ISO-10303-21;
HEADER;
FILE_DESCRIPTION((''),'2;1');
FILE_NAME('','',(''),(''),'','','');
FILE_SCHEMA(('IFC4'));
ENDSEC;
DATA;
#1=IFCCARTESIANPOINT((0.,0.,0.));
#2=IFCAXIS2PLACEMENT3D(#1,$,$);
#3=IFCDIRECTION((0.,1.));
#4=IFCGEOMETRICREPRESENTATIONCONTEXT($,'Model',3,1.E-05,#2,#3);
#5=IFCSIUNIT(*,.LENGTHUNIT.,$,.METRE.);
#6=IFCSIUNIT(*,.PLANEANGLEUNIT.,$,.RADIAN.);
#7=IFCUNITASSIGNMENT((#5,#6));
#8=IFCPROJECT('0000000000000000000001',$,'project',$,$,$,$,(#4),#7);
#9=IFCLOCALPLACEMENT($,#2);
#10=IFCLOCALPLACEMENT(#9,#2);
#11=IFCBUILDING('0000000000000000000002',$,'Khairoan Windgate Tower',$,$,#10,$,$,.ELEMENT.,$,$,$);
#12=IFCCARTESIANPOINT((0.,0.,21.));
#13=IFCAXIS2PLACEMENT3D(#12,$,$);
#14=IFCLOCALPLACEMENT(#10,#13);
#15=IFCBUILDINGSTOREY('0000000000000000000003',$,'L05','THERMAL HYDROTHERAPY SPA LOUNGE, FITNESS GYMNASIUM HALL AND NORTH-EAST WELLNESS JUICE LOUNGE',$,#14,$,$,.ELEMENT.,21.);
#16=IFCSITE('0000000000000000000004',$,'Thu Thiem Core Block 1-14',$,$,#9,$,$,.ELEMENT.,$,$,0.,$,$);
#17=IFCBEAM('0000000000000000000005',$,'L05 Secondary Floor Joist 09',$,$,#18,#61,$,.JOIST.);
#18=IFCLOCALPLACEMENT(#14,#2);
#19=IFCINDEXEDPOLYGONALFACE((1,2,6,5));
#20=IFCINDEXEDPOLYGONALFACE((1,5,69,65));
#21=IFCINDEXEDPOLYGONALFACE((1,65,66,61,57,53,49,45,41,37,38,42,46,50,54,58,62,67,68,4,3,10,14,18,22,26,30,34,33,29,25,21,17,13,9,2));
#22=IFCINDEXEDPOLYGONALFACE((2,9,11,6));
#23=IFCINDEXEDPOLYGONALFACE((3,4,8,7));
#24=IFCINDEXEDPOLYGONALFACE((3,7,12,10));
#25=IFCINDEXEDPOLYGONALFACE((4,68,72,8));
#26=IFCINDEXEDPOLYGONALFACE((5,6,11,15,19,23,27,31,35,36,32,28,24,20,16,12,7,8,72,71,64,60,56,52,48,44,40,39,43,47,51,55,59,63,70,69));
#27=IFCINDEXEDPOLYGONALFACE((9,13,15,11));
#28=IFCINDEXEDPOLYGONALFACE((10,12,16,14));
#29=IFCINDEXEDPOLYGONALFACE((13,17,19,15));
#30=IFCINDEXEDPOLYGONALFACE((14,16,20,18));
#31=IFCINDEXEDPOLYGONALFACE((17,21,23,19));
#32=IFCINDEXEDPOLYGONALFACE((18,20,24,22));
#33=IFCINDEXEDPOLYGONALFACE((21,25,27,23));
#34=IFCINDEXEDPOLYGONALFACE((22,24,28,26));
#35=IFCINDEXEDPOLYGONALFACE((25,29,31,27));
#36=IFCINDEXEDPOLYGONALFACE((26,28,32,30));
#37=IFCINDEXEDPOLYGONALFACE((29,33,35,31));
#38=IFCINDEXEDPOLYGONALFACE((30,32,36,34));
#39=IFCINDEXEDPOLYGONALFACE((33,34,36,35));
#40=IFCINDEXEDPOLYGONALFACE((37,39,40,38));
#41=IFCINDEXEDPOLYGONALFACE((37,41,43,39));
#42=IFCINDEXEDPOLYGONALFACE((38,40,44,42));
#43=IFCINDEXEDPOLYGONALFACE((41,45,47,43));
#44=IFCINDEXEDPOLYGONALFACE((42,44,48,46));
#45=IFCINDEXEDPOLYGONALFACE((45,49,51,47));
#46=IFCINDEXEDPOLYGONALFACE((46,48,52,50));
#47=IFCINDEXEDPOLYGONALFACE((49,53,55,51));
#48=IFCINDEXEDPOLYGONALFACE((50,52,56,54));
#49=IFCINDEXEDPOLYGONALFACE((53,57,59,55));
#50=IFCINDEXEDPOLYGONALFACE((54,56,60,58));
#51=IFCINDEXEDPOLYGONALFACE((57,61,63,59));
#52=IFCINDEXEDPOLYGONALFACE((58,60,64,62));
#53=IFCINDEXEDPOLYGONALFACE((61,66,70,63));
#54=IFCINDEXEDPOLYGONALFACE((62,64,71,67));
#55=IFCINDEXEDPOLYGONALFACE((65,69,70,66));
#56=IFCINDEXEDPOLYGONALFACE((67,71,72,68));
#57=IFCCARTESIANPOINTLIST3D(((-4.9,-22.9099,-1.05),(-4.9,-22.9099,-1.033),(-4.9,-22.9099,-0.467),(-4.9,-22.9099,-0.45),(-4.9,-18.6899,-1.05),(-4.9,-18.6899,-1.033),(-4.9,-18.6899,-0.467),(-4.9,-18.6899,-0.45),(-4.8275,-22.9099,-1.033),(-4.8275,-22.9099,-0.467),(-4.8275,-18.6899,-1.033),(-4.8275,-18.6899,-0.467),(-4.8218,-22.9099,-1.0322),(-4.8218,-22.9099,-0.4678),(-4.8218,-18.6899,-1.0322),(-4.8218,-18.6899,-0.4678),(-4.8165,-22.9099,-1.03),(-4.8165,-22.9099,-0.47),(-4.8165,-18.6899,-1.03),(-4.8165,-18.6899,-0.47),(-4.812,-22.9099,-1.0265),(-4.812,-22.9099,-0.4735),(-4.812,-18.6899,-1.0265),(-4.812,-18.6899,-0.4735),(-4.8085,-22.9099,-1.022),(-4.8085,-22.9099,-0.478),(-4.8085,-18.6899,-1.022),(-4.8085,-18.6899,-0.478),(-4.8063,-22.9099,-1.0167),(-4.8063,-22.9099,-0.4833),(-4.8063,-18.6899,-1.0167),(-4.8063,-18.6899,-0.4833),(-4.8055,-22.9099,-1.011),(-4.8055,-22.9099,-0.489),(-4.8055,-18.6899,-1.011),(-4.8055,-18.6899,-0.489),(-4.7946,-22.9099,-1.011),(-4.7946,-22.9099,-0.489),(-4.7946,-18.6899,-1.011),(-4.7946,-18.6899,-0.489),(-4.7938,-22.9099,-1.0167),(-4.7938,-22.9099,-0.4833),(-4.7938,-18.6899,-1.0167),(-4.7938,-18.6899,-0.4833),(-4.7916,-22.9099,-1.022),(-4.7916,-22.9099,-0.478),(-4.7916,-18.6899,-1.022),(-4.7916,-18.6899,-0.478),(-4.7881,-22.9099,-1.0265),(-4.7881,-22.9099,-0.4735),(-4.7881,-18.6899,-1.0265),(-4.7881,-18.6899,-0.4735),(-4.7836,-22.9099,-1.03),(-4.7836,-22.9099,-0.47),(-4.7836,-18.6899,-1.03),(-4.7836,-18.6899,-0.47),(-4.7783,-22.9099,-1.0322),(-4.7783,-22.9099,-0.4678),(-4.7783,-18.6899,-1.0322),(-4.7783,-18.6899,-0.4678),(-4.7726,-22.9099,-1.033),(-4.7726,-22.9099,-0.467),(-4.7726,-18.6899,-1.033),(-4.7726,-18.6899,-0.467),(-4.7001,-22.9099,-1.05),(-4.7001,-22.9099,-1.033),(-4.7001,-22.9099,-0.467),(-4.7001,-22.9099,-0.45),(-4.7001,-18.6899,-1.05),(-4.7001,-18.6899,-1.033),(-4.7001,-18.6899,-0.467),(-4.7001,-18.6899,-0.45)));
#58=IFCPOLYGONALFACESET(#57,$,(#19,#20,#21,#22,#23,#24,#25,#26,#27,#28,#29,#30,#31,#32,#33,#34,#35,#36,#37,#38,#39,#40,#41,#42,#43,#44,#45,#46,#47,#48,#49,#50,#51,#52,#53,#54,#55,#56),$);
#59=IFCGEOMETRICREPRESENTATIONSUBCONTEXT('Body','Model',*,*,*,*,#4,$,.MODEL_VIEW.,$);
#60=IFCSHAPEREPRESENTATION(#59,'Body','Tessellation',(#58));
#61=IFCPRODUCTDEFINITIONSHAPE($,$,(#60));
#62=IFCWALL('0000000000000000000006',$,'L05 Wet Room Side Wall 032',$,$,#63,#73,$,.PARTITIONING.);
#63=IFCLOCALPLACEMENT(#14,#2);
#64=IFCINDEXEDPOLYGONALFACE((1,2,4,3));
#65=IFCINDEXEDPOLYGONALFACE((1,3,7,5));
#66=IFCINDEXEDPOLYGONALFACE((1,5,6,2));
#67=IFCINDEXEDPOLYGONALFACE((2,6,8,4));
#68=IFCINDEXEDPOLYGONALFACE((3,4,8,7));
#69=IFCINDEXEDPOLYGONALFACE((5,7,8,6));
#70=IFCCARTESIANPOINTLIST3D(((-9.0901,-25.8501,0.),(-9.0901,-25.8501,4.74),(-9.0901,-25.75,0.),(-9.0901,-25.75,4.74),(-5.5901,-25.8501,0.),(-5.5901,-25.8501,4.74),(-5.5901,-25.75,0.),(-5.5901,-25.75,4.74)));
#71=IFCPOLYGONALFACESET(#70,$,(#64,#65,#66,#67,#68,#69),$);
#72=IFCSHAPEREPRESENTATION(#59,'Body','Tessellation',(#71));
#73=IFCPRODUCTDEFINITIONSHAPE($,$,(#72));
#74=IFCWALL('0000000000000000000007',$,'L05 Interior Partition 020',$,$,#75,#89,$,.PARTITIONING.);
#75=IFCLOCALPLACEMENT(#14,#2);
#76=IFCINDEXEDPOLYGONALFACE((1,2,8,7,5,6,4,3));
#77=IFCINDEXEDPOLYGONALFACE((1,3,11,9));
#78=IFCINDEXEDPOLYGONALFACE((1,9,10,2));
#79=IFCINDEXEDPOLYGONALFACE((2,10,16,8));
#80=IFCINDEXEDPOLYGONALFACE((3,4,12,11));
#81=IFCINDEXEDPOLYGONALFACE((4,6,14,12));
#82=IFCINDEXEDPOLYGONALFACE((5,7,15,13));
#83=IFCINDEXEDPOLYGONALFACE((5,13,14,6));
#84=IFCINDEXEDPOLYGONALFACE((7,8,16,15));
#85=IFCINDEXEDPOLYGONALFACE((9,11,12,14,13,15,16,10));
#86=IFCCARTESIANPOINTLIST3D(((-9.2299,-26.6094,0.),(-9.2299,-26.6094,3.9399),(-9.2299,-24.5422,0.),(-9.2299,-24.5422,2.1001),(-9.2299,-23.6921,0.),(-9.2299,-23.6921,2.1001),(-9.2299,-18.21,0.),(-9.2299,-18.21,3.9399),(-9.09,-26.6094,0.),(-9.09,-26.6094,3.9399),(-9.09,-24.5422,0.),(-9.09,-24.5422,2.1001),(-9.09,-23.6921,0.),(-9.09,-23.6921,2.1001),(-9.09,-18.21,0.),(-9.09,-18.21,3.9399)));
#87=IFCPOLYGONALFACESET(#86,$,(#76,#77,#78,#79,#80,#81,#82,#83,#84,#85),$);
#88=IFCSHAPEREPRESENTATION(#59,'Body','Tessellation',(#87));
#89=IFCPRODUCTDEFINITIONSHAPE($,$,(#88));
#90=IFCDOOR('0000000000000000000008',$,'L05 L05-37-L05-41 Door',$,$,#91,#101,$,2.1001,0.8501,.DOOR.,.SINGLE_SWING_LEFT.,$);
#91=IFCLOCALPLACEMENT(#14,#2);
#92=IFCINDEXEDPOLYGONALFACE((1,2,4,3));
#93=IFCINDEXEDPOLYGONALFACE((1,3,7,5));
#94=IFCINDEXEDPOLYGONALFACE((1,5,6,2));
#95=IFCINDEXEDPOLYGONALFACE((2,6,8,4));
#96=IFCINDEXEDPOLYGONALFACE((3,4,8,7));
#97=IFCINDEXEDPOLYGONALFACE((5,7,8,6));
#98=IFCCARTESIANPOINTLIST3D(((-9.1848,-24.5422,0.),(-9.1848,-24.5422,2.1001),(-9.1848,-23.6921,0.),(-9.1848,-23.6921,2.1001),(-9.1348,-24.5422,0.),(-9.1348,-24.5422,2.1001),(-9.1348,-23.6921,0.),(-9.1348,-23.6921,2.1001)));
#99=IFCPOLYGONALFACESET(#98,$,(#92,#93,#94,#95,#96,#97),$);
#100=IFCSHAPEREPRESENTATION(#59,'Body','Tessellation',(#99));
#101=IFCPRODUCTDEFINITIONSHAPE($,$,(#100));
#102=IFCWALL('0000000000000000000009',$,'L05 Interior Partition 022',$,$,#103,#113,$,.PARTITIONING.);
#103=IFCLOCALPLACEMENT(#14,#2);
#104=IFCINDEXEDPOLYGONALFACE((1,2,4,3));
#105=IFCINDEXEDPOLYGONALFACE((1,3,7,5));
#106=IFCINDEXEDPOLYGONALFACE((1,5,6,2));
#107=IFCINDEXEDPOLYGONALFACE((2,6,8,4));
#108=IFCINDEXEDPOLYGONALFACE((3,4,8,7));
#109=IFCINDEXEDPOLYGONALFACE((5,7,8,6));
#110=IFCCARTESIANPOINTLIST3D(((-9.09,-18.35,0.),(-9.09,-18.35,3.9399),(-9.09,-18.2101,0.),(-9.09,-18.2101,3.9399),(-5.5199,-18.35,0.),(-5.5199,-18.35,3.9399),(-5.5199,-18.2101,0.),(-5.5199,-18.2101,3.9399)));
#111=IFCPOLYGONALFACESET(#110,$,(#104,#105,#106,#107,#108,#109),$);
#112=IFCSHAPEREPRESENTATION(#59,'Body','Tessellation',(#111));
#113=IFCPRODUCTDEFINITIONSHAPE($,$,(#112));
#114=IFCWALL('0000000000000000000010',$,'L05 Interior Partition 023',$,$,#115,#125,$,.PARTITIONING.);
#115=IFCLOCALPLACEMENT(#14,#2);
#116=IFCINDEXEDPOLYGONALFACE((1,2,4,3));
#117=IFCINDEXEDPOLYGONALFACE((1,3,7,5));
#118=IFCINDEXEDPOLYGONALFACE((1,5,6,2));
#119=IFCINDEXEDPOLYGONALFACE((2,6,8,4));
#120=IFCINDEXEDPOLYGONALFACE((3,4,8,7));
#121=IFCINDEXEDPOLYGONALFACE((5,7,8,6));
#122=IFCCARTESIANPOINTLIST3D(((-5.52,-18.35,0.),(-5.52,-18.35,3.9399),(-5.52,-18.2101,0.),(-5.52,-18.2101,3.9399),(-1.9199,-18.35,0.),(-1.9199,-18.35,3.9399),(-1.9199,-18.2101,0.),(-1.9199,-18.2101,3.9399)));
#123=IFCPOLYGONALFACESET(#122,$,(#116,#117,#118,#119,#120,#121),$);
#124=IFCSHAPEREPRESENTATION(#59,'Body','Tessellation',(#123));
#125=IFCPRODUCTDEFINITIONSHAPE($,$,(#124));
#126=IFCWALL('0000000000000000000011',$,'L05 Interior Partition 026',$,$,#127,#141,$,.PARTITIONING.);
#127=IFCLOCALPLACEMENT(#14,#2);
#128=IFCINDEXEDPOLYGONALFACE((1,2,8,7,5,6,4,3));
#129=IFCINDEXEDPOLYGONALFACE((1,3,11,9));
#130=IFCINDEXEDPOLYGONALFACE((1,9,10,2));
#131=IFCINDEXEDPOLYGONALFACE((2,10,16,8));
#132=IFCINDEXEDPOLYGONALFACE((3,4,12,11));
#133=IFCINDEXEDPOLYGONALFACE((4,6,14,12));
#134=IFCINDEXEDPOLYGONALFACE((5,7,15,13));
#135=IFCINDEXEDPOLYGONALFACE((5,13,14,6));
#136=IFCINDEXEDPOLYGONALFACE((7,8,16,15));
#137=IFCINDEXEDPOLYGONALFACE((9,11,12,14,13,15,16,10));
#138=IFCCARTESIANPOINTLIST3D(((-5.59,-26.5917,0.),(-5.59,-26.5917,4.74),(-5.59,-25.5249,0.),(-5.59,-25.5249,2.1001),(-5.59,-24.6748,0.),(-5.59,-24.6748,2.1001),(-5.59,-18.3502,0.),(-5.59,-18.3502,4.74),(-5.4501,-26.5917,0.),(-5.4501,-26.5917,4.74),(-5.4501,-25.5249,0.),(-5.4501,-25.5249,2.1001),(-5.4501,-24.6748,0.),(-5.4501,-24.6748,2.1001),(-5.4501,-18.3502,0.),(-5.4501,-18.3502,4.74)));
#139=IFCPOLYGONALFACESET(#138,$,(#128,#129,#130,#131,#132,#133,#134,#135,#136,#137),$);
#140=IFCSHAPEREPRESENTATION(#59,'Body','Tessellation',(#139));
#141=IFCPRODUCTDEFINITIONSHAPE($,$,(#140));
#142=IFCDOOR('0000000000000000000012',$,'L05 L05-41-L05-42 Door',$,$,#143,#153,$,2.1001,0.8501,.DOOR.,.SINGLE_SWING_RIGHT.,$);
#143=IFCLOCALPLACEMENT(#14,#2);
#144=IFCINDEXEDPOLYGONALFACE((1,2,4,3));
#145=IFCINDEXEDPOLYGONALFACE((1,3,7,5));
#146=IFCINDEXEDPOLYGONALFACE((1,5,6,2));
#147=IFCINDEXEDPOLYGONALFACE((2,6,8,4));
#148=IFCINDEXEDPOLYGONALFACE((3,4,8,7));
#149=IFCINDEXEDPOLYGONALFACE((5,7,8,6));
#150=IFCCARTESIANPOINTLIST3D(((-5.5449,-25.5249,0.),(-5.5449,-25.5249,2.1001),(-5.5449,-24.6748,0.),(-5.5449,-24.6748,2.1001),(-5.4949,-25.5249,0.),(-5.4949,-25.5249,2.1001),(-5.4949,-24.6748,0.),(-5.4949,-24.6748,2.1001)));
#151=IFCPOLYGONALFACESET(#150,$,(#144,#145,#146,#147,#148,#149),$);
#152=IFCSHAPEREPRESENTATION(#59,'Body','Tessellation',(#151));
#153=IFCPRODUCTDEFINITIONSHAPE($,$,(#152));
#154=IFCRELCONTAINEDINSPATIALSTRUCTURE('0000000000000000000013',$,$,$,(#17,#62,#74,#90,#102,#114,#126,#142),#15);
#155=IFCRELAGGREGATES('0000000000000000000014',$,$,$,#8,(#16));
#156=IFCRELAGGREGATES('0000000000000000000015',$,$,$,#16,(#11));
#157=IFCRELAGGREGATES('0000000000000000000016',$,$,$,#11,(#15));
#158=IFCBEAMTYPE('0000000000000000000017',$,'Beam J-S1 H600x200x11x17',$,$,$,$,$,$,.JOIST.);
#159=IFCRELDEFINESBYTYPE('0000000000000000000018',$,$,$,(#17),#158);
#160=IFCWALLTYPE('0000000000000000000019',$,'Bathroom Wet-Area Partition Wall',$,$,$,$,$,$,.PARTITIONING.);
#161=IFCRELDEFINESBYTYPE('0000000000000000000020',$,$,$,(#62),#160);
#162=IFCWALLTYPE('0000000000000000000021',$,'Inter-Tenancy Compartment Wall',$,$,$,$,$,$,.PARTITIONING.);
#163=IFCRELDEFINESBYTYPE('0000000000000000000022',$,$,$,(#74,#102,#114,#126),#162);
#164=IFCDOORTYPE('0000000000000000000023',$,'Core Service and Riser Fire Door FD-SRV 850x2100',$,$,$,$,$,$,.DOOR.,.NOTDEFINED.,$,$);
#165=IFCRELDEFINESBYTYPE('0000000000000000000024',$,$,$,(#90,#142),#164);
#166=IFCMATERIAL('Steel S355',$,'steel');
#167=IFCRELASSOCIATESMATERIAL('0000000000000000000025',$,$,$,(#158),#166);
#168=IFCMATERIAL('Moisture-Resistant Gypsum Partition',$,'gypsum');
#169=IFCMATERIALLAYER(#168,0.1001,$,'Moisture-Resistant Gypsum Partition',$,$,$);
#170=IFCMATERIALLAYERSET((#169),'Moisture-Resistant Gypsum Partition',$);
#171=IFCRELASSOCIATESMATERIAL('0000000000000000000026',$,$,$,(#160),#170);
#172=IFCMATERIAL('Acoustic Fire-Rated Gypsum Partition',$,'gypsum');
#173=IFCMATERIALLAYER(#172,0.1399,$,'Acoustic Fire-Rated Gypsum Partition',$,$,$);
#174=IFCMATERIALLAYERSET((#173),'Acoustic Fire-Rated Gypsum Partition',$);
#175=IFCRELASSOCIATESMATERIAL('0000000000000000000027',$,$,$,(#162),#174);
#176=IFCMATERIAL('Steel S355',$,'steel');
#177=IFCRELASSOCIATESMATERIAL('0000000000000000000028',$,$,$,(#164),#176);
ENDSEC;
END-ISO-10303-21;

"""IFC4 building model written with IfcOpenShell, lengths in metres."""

from ifc_helpers import new_model, si_unit, direction, frame, frame_2d, origin, origin_2d, place, context, subcontext, project, spatial, rectangle, i_section, extrude, material, layer, layer_set, material_profile, profile_set, type_object, element, fill, save


model = new_model("IFC4")

# Units and contexts
model_context = context("Model", 3, precision=1e-05, world=origin(), true_north=direction((0.0, 1.0)))
body_context = subcontext(model_context, "Body", "Model", "MODEL_VIEW")
ifc_project = project(units=[si_unit("LENGTHUNIT", "METRE"), si_unit("PLANEANGLEUNIT", "RADIAN")], contexts=[model_context])

# Site, building, storey
site_placement = place(None, origin())
site = spatial("IfcSite", under=ifc_project, at=site_placement, Name="Thu Thiem Core Block 1-14", CompositionType="ELEMENT", RefElevation=0.0)
building_placement = place(site_placement, origin())
building = spatial("IfcBuilding", under=site, at=building_placement, Name="Khairoan Windgate Tower", CompositionType="ELEMENT")
storey_placement = place(building_placement, frame((0.0, 0.0, 21.0)))
storey = spatial("IfcBuildingStorey", under=building, at=storey_placement, Name="L05", Description="THERMAL HYDROTHERAPY SPA LOUNGE, FITNESS GYMNASIUM HALL AND NORTH-EAST WELLNESS JUICE LOUNGE", CompositionType="ELEMENT", Elevation=21.0)

# Beam
ifc_material_1 = material(Name="Steel S355", Category="steel")
ifc_material_profile_1 = material_profile(ifc_material_1, i_section(OverallWidth=0.2, OverallDepth=0.6001, WebThickness=0.011, FlangeThickness=0.0171, FilletRadius=0.022, at=origin_2d()))
ifc_profile_set_1 = profile_set([ifc_material_profile_1], Name="Steel S355")
beam_type_1 = type_object("IfcBeamType", Name="Beam J-S1 H600x200x11x17", PredefinedType="JOIST", material=ifc_profile_set_1)
beam_1_placement = place(storey_placement, frame((-4.8, -22.9099, -0.75), z_axis=(0.0, 1.0, 0.0), x_axis=(-1.0, 0.0, 0.0)))
element("IfcBeam", 1, at=beam_1_placement, inside=storey, type_object=beam_type_1, Name="L05 Secondary Floor Joist 09", PredefinedType="JOIST", context=body_context, shape_type="SweptSolid", body=[
    extrude(i_section(OverallWidth=0.2, OverallDepth=0.6001, WebThickness=0.011, FlangeThickness=0.0171, FilletRadius=0.022, at=origin_2d()), origin(), (0.0, 0.0, 1.0), 4.22),
])

# Wall
ifc_material_2 = material(Name="Moisture-Resistant Gypsum Partition", Category="gypsum")
ifc_layer_1 = layer(ifc_material_2, 0.1001, Name="Moisture-Resistant Gypsum Partition")
ifc_layer_set_1 = layer_set([ifc_layer_1], Name="Moisture-Resistant Gypsum Partition")
wall_type_1 = type_object("IfcWallType", Name="Bathroom Wet-Area Partition Wall", PredefinedType="PARTITIONING", material=ifc_layer_set_1)
wall_1_placement = place(storey_placement, frame((-5.5901, -25.8, 0.0), z_axis=(0.0, 0.0, 1.0), x_axis=(-1.0, 0.0, 0.0)))
element("IfcWall", 2, at=wall_1_placement, inside=storey, type_object=wall_type_1, Name="L05 Wet Room Side Wall 032", PredefinedType="PARTITIONING", context=body_context, shape_type="SweptSolid", body=[
    extrude(rectangle(XDim=3.5, YDim=0.1001, at=frame_2d((1.75, 0.0))), origin(), (0.0, 0.0, 1.0), 4.74),
])

# Wall, opening, door
ifc_material_3 = material(Name="Acoustic Fire-Rated Gypsum Partition", Category="gypsum")
ifc_layer_2 = layer(ifc_material_3, 0.1399, Name="Acoustic Fire-Rated Gypsum Partition")
ifc_layer_set_2 = layer_set([ifc_layer_2], Name="Acoustic Fire-Rated Gypsum Partition")
wall_type_2 = type_object("IfcWallType", Name="Inter-Tenancy Compartment Wall", PredefinedType="PARTITIONING", material=ifc_layer_set_2)
wall_2_placement = place(storey_placement, frame((-9.1599, -26.6094, 0.0), z_axis=(0.0, 0.0, 1.0), x_axis=(0.0, 1.0, 0.0)))
wall_2 = element("IfcWall", 3, at=wall_2_placement, inside=storey, type_object=wall_type_2, Name="L05 Interior Partition 020", PredefinedType="PARTITIONING", context=body_context, shape_type="SweptSolid", body=[
    extrude(rectangle(XDim=8.3994, YDim=0.1399, at=frame_2d((4.1997, 0.0))), origin(), (0.0, 0.0, 1.0), 3.9399),
])
opening_1_placement = place(wall_2_placement, frame((2.0671, 0.0, 0.0)))
opening_1 = element("IfcOpeningElement", 4, at=opening_1_placement, cuts=wall_2, PredefinedType="OPENING", context=body_context, shape_type="SweptSolid", body=[
    extrude(rectangle(XDim=0.8501, YDim=2.1001, at=frame_2d((0.425, 1.05))), frame((0.0, 0.0798, 0.0), z_axis=(0.0, -1.0, 0.0), x_axis=(1.0, 0.0, 0.0)), (0.0, 0.0, 1.0), 0.1599),
])
ifc_material_4 = material(Name="Steel S355", Category="steel")
door_type = type_object("IfcDoorType", Name="Core Service and Riser Fire Door FD-SRV 850x2100", OperationType="NOTDEFINED", PredefinedType="DOOR", material=ifc_material_4)
door_1_placement = place(opening_1_placement, origin())
door_1 = element("IfcDoor", 5, at=door_1_placement, inside=storey, type_object=door_type, Name="L05 L05-37-L05-41 Door", OperationType="SINGLE_SWING_LEFT", OverallHeight=2.1001, OverallWidth=0.8501, PredefinedType="DOOR", context=body_context, shape_type="SweptSolid", body=[
    extrude(rectangle(XDim=0.8501, YDim=2.1001, at=frame_2d((0.425, 1.05))), frame((0.0, 0.0249, 0.0), z_axis=(0.0, -1.0, 0.0), x_axis=(1.0, 0.0, 0.0)), (0.0, 0.0, 1.0), 0.05),
])
fill(opening_1, door_1)

# Walls
wall_3_placement = place(storey_placement, frame((-9.0901, -18.28, 0.0), z_axis=(0.0, 0.0, 1.0), x_axis=(1.0, 0.0, 0.0)))
element("IfcWall", 6, at=wall_3_placement, inside=storey, type_object=wall_type_2, Name="L05 Interior Partition 022", PredefinedType="PARTITIONING", context=body_context, shape_type="SweptSolid", body=[
    extrude(rectangle(XDim=3.5701, YDim=0.1399, at=frame_2d((1.7852, 0.0))), origin(), (0.0, 0.0, 1.0), 3.9399),
])
wall_4_placement = place(storey_placement, frame((-5.52, -18.28, 0.0), z_axis=(0.0, 0.0, 1.0), x_axis=(1.0, 0.0, 0.0)))
element("IfcWall", 7, at=wall_4_placement, inside=storey, type_object=wall_type_2, Name="L05 Interior Partition 023", PredefinedType="PARTITIONING", context=body_context, shape_type="SweptSolid", body=[
    extrude(rectangle(XDim=3.6001, YDim=0.1399, at=frame_2d((1.8, 0.0))), origin(), (0.0, 0.0, 1.0), 3.9399),
])

# Wall, opening, door
wall_5_placement = place(storey_placement, frame((-5.52, -26.5916, 0.0), z_axis=(0.0, 0.0, 1.0), x_axis=(0.0, 1.0, 0.0)))
wall_5 = element("IfcWall", 8, at=wall_5_placement, inside=storey, type_object=wall_type_2, Name="L05 Interior Partition 026", PredefinedType="PARTITIONING", context=body_context, shape_type="SweptSolid", body=[
    extrude(rectangle(XDim=8.2415, YDim=0.1399, at=frame_2d((4.1206, 0.0))), origin(), (0.0, 0.0, 1.0), 4.74),
])
opening_2_placement = place(wall_5_placement, frame((1.0667, 0.0, 0.0)))
opening_2 = element("IfcOpeningElement", 9, at=opening_2_placement, cuts=wall_5, PredefinedType="OPENING", context=body_context, shape_type="SweptSolid", body=[
    extrude(rectangle(XDim=0.8501, YDim=2.1001, at=frame_2d((0.425, 1.05))), frame((0.0, 0.0798, 0.0), z_axis=(0.0, -1.0, 0.0), x_axis=(1.0, 0.0, 0.0)), (0.0, 0.0, 1.0), 0.1599),
])
door_2_placement = place(opening_2_placement, origin())
door_2 = element("IfcDoor", 10, at=door_2_placement, inside=storey, type_object=door_type, Name="L05 L05-41-L05-42 Door", OperationType="SINGLE_SWING_RIGHT", OverallHeight=2.1001, OverallWidth=0.8501, PredefinedType="DOOR", context=body_context, shape_type="SweptSolid", body=[
    extrude(rectangle(XDim=0.8501, YDim=2.1001, at=frame_2d((0.425, 1.05))), frame((0.0, 0.0249, 0.0), z_axis=(0.0, -1.0, 0.0), x_axis=(1.0, 0.0, 0.0)), (0.0, 0.0, 1.0), 0.05),
])
fill(opening_2, door_2)

save(model, "model.ifc")
